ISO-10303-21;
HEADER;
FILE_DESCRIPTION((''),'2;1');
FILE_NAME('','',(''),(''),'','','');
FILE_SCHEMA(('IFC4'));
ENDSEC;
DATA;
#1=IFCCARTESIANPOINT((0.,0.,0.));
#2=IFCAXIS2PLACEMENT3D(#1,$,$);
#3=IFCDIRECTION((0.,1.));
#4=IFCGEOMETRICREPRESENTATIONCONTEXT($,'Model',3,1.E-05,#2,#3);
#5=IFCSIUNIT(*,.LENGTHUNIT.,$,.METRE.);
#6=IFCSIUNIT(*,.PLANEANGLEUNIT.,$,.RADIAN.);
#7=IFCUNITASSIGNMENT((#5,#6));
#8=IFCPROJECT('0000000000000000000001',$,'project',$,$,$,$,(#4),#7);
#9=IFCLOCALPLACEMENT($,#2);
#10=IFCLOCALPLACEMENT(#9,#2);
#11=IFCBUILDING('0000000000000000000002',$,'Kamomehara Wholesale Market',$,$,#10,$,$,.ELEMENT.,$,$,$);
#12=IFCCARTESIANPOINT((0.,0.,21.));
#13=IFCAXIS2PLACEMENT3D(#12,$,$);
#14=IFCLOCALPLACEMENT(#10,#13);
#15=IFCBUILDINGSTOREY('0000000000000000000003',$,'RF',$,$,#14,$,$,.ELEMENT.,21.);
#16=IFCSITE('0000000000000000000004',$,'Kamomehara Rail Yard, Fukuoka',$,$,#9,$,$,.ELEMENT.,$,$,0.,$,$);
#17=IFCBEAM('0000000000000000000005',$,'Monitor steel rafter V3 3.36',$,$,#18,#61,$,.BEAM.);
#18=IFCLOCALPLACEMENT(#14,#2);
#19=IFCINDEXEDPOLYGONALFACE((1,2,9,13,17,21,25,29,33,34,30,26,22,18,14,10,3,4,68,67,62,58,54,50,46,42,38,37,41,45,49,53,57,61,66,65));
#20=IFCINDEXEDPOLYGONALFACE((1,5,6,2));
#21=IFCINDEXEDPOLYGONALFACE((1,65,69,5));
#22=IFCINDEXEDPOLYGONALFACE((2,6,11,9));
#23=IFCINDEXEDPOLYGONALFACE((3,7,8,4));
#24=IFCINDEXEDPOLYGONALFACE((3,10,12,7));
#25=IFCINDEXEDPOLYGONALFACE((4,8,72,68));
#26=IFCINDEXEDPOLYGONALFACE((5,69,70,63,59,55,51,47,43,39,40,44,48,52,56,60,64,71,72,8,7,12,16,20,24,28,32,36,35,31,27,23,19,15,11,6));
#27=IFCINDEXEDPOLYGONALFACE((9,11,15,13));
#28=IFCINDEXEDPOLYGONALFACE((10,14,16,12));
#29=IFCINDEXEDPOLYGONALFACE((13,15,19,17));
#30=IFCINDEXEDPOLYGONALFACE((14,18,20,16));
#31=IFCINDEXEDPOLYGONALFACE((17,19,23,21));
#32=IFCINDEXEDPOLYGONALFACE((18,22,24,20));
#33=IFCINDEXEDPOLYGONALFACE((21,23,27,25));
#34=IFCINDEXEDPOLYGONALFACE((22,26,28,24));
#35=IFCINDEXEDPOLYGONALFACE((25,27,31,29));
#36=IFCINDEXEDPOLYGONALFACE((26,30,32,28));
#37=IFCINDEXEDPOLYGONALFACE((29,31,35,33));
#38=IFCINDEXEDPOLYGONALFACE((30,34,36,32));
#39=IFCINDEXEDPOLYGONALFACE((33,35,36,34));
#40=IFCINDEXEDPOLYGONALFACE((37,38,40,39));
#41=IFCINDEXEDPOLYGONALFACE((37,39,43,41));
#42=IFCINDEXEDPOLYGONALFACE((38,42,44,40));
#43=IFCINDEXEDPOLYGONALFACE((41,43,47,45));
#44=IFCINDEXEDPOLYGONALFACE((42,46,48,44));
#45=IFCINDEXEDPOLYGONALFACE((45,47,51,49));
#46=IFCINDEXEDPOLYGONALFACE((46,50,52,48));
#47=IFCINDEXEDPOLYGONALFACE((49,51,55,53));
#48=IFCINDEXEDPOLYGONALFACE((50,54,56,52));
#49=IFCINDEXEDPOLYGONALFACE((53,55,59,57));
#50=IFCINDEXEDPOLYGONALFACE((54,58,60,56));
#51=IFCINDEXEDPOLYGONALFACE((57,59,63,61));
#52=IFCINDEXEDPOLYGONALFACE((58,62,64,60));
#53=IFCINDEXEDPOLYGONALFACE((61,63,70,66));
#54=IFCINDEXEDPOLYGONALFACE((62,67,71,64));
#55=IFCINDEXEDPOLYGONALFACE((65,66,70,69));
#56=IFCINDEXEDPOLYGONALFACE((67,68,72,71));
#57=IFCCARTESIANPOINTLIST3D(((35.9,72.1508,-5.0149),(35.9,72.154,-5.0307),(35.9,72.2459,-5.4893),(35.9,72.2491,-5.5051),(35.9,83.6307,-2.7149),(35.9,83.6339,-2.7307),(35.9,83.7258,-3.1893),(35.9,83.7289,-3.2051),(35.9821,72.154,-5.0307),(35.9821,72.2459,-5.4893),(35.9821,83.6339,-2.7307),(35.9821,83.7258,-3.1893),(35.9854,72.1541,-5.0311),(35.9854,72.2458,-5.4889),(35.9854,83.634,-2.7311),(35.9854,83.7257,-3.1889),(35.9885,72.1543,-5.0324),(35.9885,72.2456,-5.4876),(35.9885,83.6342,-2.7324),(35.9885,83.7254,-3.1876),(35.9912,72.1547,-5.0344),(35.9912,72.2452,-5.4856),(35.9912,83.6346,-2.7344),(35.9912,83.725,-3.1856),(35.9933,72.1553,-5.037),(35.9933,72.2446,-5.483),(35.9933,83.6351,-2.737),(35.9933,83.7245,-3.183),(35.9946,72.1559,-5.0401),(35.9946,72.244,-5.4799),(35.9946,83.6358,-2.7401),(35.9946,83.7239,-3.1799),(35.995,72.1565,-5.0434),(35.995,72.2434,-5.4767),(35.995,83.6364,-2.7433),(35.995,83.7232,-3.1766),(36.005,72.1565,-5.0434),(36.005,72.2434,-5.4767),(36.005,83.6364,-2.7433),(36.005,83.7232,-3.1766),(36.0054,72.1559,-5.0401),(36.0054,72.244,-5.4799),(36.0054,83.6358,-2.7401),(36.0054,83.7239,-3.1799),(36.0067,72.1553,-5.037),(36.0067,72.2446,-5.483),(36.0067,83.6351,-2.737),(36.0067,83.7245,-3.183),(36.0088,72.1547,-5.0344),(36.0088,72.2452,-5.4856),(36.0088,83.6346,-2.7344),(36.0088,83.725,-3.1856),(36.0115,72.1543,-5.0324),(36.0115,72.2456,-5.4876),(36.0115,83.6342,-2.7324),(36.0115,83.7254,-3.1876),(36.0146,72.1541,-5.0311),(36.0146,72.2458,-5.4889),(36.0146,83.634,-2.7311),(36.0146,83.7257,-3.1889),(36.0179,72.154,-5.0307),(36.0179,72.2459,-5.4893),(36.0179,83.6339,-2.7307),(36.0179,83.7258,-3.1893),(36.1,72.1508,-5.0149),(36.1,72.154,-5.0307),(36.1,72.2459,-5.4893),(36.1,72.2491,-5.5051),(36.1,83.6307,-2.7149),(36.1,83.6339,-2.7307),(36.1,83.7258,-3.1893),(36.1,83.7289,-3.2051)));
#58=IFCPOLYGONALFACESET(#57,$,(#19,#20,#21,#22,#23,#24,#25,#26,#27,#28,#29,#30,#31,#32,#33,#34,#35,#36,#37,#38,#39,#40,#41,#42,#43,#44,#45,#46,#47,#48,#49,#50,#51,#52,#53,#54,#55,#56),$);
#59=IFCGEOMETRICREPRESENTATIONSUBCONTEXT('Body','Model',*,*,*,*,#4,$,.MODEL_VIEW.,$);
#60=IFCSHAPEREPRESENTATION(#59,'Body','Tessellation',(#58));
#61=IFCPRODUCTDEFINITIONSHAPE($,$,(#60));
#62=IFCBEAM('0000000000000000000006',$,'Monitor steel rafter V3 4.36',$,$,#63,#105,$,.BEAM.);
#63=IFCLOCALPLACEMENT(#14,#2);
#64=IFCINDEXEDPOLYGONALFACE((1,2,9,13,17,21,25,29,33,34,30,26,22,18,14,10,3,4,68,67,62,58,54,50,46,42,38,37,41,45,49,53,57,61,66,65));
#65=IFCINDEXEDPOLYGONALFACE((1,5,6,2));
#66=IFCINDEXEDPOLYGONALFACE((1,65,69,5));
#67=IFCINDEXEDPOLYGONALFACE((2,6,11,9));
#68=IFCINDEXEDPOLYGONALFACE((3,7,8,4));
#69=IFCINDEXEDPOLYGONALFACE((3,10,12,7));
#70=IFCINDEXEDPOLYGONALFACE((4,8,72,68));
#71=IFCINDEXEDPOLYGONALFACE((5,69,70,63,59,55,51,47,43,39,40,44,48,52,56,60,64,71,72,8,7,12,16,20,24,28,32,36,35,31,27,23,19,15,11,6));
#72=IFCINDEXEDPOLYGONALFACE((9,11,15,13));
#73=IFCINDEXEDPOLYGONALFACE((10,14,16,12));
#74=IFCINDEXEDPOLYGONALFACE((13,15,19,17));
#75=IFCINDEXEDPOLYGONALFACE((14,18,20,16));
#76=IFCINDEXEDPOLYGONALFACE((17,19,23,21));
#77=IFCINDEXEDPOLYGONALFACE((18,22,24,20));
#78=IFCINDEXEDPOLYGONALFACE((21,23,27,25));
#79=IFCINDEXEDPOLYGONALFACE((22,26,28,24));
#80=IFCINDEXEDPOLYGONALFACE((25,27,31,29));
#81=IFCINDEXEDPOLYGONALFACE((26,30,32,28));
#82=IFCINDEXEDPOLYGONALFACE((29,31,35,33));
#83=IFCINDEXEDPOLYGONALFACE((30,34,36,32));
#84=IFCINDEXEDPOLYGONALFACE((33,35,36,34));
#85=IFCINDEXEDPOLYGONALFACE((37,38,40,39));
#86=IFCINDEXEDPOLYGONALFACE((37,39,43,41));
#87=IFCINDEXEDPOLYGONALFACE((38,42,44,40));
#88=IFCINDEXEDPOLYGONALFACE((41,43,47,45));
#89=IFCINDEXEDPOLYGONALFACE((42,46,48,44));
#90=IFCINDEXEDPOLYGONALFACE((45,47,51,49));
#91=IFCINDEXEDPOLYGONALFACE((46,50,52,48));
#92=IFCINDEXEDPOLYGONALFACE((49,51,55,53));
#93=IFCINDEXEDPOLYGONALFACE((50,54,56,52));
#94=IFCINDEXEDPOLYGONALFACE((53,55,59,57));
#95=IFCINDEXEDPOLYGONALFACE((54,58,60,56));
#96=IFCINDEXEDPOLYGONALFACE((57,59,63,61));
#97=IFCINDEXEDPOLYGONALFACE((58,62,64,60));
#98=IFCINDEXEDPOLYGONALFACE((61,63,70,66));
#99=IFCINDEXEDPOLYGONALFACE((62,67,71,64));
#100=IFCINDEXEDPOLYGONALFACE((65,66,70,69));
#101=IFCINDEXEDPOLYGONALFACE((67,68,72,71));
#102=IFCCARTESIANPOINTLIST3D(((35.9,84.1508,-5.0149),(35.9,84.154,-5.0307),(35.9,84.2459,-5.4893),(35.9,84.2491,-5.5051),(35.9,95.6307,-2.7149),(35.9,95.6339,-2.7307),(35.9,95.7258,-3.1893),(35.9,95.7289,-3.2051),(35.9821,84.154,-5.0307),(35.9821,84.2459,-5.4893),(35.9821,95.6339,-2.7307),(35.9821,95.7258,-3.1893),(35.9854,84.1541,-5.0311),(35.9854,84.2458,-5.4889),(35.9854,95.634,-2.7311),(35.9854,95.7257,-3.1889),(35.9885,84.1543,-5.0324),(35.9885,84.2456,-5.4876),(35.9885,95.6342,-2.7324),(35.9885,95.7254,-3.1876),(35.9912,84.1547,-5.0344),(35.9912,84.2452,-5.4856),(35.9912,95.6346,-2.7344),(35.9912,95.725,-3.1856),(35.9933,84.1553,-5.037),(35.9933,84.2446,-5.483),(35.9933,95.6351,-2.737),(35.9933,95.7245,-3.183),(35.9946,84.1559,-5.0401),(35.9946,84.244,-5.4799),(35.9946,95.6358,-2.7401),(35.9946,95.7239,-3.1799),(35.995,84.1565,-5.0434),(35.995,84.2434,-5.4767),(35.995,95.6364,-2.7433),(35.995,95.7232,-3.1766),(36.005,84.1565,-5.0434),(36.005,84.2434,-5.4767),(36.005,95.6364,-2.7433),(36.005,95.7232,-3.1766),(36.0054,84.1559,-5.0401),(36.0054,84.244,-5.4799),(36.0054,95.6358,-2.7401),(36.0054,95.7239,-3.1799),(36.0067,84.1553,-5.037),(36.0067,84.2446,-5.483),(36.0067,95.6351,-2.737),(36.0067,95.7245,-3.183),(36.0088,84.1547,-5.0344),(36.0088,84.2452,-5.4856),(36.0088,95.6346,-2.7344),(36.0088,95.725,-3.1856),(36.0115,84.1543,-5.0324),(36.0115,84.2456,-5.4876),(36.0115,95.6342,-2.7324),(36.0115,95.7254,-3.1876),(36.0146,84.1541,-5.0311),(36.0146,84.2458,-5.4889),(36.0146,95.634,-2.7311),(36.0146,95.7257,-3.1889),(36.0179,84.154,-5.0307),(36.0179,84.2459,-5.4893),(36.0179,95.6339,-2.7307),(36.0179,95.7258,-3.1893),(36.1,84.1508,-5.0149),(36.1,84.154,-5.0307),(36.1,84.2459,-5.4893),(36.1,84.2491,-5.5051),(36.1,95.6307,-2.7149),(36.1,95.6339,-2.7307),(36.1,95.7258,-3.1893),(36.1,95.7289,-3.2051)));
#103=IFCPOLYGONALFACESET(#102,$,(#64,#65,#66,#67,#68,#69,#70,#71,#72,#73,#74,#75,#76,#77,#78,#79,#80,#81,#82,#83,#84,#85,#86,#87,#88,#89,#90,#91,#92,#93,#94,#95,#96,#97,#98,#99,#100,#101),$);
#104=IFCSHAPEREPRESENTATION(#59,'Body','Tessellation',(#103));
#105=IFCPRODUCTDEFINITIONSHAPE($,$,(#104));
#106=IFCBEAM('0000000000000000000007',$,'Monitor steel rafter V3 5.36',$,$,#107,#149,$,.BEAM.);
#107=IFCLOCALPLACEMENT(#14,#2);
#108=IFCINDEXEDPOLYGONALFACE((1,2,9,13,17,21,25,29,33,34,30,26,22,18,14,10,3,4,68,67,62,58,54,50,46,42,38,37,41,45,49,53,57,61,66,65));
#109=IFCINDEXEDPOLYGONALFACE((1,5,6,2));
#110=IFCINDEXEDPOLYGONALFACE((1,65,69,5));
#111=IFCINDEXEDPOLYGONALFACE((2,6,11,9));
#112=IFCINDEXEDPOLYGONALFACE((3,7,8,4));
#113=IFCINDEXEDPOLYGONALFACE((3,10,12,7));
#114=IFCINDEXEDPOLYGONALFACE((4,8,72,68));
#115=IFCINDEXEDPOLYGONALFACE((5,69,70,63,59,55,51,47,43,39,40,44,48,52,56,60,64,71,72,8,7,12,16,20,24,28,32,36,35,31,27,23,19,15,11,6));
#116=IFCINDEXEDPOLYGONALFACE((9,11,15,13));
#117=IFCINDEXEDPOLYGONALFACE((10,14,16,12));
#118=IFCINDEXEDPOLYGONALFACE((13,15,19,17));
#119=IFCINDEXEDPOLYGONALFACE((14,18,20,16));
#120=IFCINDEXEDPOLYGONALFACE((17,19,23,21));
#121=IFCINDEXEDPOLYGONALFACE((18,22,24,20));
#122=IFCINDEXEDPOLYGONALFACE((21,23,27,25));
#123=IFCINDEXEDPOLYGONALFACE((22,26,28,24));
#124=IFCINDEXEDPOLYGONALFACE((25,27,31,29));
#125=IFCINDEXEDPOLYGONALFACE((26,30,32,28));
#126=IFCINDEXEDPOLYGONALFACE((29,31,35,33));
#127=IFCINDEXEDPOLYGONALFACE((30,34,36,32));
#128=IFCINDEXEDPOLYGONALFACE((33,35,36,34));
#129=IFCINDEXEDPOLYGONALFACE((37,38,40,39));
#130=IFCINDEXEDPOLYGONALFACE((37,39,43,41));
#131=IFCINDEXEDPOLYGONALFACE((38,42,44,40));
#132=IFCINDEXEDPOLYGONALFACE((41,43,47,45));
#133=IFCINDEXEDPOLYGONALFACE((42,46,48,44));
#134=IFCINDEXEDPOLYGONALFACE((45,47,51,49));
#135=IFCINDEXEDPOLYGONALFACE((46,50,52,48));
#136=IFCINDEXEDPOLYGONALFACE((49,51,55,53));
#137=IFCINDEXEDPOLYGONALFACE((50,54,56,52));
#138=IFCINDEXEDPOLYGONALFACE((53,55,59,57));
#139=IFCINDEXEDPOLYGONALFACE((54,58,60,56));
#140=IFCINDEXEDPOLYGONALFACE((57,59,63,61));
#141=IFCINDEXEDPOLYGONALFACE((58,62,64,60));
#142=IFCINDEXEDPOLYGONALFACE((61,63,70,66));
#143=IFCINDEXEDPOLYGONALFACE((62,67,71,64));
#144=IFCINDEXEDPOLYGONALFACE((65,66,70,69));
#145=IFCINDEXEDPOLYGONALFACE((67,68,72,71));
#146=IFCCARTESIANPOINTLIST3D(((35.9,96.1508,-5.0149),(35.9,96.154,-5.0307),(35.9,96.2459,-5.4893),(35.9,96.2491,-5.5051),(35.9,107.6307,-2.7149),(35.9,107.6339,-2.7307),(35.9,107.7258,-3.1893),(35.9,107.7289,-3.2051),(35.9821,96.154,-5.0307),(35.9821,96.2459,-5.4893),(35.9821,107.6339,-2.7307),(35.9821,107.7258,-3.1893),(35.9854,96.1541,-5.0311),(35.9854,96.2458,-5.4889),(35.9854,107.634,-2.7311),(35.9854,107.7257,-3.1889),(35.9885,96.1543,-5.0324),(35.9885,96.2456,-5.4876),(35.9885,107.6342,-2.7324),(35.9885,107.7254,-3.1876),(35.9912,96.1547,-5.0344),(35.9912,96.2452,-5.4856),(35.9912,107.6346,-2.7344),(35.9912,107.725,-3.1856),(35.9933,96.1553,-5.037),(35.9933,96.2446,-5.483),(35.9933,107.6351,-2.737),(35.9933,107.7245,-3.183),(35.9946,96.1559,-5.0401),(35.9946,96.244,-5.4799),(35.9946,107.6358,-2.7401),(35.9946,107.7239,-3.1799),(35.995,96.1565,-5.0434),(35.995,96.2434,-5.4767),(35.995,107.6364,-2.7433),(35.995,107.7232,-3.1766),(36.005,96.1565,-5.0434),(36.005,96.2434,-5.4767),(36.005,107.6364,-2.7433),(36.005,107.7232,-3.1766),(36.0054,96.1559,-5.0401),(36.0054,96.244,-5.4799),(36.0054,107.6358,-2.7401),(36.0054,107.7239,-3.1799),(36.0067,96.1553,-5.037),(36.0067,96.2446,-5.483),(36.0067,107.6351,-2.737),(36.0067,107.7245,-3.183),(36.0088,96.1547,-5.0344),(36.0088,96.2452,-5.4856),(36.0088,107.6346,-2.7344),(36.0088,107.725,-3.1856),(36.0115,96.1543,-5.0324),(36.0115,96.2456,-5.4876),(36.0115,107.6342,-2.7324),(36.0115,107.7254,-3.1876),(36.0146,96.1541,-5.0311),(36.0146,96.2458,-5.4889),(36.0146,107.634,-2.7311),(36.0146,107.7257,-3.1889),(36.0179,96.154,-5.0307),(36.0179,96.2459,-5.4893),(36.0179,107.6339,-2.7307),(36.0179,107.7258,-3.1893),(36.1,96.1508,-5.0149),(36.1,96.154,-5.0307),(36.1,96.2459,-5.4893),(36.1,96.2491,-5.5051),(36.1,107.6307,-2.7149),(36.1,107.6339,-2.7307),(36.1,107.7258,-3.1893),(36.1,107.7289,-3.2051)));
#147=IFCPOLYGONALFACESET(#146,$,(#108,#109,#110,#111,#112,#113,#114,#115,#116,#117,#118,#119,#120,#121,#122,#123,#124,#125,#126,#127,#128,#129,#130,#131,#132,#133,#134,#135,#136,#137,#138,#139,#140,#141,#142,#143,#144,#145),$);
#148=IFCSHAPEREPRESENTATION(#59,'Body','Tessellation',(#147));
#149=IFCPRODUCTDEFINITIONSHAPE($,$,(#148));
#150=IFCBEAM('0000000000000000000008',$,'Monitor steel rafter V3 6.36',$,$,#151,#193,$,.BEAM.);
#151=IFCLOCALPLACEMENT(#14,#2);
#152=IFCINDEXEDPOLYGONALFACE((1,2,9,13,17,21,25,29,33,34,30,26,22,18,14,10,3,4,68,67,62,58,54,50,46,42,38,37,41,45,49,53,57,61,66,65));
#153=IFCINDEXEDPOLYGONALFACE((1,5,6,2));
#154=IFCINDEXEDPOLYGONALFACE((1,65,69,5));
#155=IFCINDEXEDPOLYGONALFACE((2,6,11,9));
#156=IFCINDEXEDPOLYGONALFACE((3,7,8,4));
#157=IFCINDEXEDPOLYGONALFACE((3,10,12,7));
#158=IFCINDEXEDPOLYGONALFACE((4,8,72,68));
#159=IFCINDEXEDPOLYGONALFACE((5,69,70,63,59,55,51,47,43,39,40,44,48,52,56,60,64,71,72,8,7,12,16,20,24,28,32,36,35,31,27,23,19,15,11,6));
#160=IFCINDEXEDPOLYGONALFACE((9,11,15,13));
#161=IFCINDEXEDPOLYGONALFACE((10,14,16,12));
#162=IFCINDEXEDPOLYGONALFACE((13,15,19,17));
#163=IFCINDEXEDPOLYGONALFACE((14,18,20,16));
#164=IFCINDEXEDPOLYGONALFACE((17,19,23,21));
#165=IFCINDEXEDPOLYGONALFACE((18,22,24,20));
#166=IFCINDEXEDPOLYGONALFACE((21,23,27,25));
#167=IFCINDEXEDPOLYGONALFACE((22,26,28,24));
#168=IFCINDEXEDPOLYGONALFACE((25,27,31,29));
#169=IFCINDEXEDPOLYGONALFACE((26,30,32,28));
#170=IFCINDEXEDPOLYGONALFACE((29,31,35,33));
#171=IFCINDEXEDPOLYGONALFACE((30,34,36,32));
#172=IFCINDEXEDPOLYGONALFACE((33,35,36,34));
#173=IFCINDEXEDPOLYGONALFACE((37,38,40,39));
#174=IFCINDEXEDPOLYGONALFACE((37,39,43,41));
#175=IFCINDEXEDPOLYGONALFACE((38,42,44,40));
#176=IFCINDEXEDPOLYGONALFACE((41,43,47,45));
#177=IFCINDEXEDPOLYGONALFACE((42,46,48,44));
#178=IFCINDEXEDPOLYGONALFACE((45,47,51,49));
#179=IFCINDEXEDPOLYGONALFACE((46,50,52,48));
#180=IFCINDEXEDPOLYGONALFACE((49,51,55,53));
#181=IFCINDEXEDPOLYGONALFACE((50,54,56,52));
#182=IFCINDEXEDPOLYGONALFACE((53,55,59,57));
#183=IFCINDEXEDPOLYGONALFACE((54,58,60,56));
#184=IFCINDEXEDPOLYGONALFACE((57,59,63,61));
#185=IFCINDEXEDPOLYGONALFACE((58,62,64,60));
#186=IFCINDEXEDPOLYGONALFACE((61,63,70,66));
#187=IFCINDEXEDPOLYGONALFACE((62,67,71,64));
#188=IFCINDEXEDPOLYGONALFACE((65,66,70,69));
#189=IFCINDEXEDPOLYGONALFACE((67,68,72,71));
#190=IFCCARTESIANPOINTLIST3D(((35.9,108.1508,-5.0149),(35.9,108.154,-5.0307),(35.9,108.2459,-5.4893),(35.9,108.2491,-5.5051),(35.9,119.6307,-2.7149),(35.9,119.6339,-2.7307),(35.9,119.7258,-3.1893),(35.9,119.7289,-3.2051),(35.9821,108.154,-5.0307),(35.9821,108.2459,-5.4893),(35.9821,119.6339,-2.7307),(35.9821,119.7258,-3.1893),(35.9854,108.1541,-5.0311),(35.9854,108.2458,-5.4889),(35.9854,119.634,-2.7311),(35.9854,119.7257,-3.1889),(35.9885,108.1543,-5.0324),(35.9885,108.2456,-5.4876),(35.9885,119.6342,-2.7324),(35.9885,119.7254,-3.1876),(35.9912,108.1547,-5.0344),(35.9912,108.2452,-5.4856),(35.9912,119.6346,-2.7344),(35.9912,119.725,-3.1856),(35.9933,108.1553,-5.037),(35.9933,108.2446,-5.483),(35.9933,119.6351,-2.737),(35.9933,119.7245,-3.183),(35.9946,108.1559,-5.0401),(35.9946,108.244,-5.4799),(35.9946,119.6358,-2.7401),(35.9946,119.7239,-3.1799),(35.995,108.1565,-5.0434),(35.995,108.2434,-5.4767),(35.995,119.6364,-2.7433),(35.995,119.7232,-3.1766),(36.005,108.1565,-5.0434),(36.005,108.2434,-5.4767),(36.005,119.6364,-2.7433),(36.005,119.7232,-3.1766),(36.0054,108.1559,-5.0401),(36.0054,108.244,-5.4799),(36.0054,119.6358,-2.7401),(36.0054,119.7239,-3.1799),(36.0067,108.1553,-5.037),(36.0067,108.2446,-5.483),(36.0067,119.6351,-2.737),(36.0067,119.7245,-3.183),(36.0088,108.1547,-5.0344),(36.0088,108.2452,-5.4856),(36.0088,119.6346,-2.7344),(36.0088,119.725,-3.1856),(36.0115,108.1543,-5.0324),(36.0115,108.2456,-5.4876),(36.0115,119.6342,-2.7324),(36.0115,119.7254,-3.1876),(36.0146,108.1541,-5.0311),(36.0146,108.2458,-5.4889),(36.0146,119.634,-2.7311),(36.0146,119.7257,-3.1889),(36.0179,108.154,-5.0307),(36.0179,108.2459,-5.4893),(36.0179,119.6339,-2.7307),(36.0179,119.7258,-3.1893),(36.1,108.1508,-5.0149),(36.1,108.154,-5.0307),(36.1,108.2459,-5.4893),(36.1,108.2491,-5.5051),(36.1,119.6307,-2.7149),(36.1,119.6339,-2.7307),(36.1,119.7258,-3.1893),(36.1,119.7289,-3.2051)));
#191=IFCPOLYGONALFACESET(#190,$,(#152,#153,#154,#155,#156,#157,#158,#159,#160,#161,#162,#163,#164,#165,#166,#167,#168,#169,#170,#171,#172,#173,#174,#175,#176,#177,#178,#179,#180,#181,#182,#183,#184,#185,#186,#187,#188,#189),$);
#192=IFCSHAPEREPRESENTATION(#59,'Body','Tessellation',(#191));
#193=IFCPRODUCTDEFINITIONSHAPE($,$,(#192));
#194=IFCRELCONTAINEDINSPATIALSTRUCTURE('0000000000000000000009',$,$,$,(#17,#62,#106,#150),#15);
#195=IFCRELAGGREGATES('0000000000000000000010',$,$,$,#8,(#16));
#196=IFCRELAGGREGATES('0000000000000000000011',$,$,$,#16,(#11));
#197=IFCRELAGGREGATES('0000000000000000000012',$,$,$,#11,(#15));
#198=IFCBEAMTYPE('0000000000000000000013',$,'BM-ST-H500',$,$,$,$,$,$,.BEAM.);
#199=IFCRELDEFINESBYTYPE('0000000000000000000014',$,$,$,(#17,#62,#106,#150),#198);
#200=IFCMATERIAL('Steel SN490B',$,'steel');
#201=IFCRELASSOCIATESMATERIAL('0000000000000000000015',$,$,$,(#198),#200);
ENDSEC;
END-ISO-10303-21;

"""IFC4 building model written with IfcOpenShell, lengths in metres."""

from ifc_helpers import new_model, si_unit, direction, frame, origin, origin_2d, place, context, subcontext, project, spatial, i_section, extrude, material, material_profile, profile_set, type_object, element, save


model = new_model("IFC4")

# Units and contexts
model_context = context("Model", 3, precision=1e-05, world=origin(), true_north=direction((0.0, 1.0)))
body_context = subcontext(model_context, "Body", "Model", "MODEL_VIEW")
ifc_project = project(units=[si_unit("LENGTHUNIT", "METRE"), si_unit("PLANEANGLEUNIT", "RADIAN")], contexts=[model_context])

# Site, building, storey
site_placement = place(None, origin())
site = spatial("IfcSite", under=ifc_project, at=site_placement, Name="Kamomehara Rail Yard, Fukuoka", CompositionType="ELEMENT", RefElevation=0.0)
building_placement = place(site_placement, origin())
building = spatial("IfcBuilding", under=site, at=building_placement, Name="Kamomehara Wholesale Market", CompositionType="ELEMENT")
storey_placement = place(building_placement, frame((0.0, 0.0, 21.0)))
storey = spatial("IfcBuildingStorey", under=building, at=storey_placement, Name="RF", CompositionType="ELEMENT", Elevation=21.0)

# Beams
ifc_material_1 = material(Name="Steel SN490B", Category="steel")
ifc_material_profile_1 = material_profile(ifc_material_1, i_section(OverallWidth=0.2, OverallDepth=0.5, WebThickness=0.01, FlangeThickness=0.0161, FilletRadius=0.0129, at=origin_2d()), Name="H-500x200x10x16")
ifc_profile_set_1 = profile_set([ifc_material_profile_1], Name="Steel SN490B")
beam_type_1 = type_object("IfcBeamType", Name="BM-ST-H500", PredefinedType="BEAM", material=ifc_profile_set_1)
for number, where, z_axis, x_axis, name in (
    (1, (36.0, 72.2, -5.26), (0.0, 0.980514, 0.196449), (-1.0, 0.0, 0.0), "Monitor steel rafter V3 3.36"),
    (2, (36.0, 84.2, -5.26), (0.0, 0.980514, 0.196449), (-1.0, 0.0, 0.0), "Monitor steel rafter V3 4.36"),
    (3, (36.0, 96.2, -5.26), (0.0, 0.980514, 0.196449), (-1.0, 0.0, 0.0), "Monitor steel rafter V3 5.36"),
    (4, (36.0, 108.2, -5.26), (0.0, 0.980514, 0.196449), (-1.0, 0.0, 0.0), "Monitor steel rafter V3 6.36"),
):
    element("IfcBeam", number, at=place(storey_placement, frame(where, z_axis=z_axis, x_axis=x_axis)), inside=storey, type_object=beam_type_1, Name=name, PredefinedType="BEAM", context=body_context, shape_type="SweptSolid", body=[
        extrude(i_section(OverallWidth=0.2, OverallDepth=0.5, WebThickness=0.01, FlangeThickness=0.0161, FilletRadius=0.0129, at=origin_2d()), origin(), (0.0, 0.0, 1.0), 11.708),
    ])

save(model, "model.ifc")
